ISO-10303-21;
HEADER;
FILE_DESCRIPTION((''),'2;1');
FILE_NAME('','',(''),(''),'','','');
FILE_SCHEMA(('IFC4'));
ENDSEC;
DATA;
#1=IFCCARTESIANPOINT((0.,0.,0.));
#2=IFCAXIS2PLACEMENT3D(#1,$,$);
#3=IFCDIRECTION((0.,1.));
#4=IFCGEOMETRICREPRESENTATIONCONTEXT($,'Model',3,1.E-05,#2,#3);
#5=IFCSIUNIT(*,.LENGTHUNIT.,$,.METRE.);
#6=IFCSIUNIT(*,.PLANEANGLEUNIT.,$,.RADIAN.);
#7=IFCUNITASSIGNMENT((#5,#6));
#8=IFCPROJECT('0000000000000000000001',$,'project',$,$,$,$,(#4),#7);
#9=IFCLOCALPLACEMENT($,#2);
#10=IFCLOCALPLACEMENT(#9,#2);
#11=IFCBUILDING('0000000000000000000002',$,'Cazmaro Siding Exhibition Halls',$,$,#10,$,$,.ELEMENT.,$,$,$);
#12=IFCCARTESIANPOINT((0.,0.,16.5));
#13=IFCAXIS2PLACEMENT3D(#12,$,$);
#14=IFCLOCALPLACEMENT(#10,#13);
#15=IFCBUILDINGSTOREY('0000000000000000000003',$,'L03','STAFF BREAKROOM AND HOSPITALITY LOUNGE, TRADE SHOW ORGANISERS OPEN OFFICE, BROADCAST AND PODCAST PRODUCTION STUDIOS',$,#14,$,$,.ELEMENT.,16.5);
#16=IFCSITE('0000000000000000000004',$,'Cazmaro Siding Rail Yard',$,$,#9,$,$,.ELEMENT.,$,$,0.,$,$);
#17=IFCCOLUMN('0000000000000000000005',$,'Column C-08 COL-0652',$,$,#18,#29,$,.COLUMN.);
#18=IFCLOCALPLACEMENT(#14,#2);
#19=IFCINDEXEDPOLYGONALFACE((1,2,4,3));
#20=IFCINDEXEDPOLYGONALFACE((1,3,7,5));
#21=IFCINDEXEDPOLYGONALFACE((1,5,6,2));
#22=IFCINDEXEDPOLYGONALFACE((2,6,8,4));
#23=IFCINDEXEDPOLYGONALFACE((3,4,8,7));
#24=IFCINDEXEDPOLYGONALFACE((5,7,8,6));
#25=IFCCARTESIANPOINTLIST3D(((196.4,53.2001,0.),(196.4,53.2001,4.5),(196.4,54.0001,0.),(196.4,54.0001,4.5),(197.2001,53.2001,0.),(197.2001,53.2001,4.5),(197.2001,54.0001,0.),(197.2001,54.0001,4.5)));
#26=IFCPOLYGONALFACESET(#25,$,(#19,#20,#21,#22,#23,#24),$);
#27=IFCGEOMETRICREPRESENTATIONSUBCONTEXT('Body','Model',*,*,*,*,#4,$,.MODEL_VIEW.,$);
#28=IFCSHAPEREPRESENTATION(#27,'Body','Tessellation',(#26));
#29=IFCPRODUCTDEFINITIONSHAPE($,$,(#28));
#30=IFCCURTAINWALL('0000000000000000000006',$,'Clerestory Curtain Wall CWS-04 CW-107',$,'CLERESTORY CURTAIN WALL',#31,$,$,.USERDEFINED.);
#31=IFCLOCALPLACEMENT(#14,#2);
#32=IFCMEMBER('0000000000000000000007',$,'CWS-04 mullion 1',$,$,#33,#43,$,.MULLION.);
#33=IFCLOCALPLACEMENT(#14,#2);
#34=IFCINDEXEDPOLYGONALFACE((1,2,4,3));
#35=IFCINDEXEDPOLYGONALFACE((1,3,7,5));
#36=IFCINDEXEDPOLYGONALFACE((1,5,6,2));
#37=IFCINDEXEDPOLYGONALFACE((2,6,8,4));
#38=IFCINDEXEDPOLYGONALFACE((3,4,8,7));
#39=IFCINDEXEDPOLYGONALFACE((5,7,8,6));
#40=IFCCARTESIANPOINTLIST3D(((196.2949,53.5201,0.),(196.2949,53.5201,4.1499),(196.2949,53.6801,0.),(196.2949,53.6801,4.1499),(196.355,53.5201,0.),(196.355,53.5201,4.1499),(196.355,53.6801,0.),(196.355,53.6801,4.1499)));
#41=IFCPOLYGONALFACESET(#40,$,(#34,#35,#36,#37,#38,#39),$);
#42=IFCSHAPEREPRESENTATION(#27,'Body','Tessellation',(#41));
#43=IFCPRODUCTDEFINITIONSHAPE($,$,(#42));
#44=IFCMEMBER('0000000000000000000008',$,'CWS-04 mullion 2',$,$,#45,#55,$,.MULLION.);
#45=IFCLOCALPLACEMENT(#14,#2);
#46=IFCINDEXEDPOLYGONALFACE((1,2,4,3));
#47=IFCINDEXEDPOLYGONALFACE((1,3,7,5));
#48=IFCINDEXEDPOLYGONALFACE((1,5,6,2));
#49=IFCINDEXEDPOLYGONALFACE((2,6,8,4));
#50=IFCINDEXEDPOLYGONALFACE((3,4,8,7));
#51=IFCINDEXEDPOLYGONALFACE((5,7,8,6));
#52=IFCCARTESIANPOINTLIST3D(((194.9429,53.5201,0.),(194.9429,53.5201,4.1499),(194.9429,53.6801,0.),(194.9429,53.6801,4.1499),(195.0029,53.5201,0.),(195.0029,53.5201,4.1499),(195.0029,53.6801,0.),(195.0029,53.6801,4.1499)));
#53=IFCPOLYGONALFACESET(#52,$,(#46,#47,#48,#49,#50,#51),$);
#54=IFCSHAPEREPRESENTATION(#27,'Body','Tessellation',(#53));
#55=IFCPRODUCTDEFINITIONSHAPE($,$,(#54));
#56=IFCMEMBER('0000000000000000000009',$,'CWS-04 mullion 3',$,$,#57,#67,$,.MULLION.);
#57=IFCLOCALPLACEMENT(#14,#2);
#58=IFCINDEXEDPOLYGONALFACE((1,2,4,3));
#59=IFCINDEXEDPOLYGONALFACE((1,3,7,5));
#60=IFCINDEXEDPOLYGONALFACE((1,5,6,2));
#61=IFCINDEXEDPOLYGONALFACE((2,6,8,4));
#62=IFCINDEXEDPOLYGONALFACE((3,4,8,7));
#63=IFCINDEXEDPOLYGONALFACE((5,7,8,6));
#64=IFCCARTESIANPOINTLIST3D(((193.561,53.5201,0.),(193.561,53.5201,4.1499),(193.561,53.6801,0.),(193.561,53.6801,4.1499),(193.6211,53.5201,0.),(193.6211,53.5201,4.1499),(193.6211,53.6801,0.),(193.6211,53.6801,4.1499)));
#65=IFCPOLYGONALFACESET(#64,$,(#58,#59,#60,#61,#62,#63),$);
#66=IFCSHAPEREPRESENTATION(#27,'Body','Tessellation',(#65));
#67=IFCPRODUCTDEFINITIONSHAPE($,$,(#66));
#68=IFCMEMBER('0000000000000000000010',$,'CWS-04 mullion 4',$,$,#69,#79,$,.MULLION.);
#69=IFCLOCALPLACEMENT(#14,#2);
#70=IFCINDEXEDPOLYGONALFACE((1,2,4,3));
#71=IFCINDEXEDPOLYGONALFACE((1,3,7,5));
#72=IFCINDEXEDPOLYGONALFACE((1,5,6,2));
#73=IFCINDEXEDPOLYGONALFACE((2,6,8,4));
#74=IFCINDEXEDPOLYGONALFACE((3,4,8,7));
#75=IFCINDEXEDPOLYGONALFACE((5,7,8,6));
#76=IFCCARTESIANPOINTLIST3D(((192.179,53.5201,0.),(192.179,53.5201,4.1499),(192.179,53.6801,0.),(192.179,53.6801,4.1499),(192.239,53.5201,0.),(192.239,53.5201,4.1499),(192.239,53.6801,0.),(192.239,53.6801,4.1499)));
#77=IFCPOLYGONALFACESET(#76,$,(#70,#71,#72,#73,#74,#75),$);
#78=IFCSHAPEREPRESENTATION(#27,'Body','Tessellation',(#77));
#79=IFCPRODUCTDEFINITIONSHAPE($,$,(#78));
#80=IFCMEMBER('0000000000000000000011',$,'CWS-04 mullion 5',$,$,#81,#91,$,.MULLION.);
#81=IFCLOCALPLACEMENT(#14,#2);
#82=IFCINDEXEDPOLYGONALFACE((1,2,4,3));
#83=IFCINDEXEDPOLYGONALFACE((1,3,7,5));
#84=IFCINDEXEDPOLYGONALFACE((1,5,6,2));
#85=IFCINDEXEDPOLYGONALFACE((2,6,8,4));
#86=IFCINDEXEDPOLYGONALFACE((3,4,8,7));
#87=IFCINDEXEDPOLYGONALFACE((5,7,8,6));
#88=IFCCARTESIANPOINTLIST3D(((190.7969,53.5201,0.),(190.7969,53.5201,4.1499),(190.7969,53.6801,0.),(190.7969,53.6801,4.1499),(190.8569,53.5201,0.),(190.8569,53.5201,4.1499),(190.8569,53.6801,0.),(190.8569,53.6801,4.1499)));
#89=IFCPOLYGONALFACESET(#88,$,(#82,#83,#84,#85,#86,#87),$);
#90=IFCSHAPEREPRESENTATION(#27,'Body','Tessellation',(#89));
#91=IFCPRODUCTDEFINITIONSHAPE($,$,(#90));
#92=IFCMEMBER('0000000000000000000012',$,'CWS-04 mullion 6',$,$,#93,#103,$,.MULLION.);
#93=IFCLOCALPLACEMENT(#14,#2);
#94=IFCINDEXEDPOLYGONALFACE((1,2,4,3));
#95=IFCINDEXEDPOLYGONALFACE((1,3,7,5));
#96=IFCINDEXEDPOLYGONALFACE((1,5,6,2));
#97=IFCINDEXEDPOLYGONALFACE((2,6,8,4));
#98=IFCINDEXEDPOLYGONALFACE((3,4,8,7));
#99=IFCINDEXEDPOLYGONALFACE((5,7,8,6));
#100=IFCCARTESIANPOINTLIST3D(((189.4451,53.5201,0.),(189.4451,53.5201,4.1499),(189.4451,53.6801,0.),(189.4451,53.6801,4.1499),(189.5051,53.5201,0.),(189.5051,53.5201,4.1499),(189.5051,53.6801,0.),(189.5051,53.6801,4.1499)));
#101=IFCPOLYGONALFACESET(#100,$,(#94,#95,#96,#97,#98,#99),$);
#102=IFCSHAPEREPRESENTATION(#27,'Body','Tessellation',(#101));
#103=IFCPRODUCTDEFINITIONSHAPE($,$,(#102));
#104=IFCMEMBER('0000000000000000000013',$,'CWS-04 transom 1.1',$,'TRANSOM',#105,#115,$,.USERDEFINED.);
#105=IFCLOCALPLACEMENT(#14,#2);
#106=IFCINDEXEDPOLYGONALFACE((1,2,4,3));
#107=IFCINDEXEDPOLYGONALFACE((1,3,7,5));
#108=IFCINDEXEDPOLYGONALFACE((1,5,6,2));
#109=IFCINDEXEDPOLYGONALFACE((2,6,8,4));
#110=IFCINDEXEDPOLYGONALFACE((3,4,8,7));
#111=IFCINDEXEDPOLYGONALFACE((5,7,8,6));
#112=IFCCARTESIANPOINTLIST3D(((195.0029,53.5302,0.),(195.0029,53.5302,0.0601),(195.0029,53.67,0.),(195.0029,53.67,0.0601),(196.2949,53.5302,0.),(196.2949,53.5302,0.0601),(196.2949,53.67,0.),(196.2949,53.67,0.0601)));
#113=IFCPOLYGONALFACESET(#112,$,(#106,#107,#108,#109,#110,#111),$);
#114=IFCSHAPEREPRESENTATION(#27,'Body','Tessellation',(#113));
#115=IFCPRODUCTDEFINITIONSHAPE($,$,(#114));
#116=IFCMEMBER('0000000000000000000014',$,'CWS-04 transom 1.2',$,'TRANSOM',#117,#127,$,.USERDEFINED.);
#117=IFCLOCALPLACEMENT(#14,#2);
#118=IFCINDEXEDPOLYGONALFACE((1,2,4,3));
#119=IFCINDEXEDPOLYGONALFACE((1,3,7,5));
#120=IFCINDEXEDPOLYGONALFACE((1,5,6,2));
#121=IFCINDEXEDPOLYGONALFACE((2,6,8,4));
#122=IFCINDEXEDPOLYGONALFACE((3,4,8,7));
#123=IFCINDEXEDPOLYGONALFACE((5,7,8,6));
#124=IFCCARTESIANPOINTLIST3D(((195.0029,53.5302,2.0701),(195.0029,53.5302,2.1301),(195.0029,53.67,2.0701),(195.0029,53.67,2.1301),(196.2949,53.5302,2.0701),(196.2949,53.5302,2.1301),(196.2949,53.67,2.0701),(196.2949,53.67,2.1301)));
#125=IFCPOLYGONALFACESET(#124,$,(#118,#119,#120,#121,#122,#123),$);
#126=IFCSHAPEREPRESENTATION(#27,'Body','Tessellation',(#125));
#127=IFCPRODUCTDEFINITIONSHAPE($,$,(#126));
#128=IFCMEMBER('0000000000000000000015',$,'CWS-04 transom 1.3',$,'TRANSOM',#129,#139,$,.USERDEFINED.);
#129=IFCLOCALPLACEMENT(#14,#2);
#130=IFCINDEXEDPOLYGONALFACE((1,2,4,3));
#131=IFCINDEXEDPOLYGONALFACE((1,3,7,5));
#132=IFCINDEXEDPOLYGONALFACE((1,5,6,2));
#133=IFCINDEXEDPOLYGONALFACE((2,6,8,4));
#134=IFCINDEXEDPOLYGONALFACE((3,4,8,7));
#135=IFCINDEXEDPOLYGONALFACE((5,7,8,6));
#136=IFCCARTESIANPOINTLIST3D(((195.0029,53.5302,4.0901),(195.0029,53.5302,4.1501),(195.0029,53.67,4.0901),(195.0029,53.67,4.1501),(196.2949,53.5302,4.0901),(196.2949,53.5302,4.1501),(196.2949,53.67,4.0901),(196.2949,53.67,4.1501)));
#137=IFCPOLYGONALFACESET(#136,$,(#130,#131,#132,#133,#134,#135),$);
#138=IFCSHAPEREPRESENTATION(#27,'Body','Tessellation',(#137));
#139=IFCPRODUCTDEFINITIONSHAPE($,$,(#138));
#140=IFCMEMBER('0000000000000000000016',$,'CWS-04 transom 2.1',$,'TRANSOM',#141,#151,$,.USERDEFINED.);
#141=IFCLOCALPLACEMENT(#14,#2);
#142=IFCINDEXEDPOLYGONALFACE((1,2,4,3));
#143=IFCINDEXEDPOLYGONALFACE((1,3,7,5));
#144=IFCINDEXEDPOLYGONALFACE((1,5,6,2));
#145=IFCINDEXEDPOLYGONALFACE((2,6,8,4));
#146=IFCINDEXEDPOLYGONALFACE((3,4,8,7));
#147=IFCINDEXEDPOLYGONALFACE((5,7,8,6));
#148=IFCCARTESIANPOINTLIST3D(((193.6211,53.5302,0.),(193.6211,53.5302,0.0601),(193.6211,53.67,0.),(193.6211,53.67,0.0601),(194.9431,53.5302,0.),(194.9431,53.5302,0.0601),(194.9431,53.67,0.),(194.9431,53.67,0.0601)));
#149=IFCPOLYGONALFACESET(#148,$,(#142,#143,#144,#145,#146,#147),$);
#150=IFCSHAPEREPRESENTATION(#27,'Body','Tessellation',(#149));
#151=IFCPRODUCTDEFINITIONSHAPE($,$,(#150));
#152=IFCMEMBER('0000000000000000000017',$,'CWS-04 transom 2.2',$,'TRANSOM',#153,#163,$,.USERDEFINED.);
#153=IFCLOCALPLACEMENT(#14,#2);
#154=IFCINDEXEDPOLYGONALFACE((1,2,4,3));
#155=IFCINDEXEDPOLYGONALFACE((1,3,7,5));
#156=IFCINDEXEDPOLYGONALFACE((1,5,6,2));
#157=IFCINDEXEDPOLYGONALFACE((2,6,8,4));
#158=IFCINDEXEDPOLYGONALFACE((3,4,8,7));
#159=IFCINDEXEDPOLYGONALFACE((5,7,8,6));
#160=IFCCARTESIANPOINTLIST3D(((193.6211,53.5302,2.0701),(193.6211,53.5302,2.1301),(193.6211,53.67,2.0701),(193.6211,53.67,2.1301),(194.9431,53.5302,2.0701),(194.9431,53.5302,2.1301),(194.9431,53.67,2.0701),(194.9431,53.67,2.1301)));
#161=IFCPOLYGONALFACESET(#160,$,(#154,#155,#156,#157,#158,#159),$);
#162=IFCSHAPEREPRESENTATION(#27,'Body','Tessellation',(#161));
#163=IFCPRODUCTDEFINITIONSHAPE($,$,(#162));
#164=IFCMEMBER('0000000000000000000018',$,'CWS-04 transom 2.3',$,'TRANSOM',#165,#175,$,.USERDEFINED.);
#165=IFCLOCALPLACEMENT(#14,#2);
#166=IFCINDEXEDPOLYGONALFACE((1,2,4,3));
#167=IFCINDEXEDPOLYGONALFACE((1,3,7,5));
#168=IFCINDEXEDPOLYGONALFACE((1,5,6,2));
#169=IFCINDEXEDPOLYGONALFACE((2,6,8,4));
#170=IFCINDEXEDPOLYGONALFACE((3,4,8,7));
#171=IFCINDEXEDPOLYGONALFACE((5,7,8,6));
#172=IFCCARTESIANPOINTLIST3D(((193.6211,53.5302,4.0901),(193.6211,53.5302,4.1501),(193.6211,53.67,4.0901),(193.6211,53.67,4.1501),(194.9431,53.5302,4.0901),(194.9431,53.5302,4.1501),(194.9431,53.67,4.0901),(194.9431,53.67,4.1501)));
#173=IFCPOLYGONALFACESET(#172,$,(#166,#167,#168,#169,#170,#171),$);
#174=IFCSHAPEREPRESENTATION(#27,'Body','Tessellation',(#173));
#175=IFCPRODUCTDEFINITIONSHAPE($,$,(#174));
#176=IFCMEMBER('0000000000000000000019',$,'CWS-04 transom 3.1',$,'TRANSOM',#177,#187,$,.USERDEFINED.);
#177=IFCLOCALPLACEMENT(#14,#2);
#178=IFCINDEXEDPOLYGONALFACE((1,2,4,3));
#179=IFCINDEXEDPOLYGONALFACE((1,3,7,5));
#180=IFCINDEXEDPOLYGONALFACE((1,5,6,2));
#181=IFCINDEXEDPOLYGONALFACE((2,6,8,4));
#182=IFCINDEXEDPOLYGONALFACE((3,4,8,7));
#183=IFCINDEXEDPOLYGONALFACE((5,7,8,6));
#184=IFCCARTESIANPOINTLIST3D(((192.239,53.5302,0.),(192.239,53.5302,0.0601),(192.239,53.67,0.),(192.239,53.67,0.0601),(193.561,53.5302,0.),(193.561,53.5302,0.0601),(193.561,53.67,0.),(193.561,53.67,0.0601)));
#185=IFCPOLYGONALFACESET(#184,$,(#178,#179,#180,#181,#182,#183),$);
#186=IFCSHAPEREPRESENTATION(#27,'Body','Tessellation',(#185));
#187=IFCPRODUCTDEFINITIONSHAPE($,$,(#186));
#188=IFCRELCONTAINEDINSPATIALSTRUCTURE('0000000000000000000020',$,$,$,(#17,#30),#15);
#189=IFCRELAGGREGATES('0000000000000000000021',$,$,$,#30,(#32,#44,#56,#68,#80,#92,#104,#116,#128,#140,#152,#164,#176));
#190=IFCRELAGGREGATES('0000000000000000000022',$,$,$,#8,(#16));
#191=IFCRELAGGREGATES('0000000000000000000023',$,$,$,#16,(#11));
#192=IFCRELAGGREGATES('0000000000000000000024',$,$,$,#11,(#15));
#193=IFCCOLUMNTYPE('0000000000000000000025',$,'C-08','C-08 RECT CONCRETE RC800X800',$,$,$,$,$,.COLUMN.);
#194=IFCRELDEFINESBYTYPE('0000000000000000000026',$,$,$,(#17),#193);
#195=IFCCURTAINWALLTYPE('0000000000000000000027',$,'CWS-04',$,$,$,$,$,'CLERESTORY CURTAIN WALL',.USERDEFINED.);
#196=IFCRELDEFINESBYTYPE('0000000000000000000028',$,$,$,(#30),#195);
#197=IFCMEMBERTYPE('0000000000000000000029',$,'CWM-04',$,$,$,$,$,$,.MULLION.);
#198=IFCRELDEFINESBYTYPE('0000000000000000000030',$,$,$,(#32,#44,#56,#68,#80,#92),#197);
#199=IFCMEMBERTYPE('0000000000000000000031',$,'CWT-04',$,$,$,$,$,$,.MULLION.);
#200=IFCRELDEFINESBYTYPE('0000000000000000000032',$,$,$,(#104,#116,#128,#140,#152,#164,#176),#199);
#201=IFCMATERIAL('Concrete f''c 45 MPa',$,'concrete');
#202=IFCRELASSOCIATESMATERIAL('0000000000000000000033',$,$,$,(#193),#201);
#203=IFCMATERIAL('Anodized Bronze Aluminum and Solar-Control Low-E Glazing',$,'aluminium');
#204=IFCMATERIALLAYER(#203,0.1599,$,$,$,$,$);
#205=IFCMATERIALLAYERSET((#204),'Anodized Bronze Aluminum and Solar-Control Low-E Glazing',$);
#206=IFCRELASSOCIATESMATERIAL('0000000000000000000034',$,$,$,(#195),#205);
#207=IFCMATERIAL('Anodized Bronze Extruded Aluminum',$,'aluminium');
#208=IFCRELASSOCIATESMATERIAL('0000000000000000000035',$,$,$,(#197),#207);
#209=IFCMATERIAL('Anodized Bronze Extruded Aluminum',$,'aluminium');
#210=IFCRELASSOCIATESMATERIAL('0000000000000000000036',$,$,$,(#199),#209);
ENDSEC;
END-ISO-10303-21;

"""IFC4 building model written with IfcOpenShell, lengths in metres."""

from ifc_helpers import new_model, si_unit, direction, frame, origin, origin_2d, place, context, subcontext, project, spatial, rectangle, extrude, material, layer, layer_set, material_profile, profile_set, type_object, element, aggregate, save


model = new_model("IFC4")

# Units and contexts
model_context = context("Model", 3, precision=1e-05, world=origin(), true_north=direction((0.0, 1.0)))
body_context = subcontext(model_context, "Body", "Model", "MODEL_VIEW")
ifc_project = project(units=[si_unit("LENGTHUNIT", "METRE"), si_unit("PLANEANGLEUNIT", "RADIAN")], contexts=[model_context])

# Site, building, storey
site_placement = place(None, origin())
site = spatial("IfcSite", under=ifc_project, at=site_placement, Name="Cazmaro Siding Rail Yard", CompositionType="ELEMENT", RefElevation=0.0)
building_placement = place(site_placement, origin())
building = spatial("IfcBuilding", under=site, at=building_placement, Name="Cazmaro Siding Exhibition Halls", CompositionType="ELEMENT")
storey_placement = place(building_placement, frame((0.0, 0.0, 16.5)))
storey = spatial("IfcBuildingStorey", under=building, at=storey_placement, Name="L03", Description="STAFF BREAKROOM AND HOSPITALITY LOUNGE, TRADE SHOW ORGANISERS OPEN OFFICE, BROADCAST AND PODCAST PRODUCTION STUDIOS", CompositionType="ELEMENT", Elevation=16.5)

# Column
ifc_material_1 = material(Name="Concrete f'c 45 MPa", Category="concrete")
ifc_material_profile_1 = material_profile(ifc_material_1, rectangle(XDim=0.8, YDim=0.8, at=origin_2d()), Name="RC800X800")
ifc_profile_set_1 = profile_set([ifc_material_profile_1], Name="Concrete f'c 45 MPa")
column_type = type_object("IfcColumnType", Name="C-08", Description="C-08 RECT CONCRETE RC800X800", PredefinedType="COLUMN", material=ifc_profile_set_1)
column_placement = place(storey_placement, frame((196.8, 53.6001, 0.0), z_axis=(0.0, 0.0, 1.0), x_axis=(1.0, 0.0, 0.0)))
element("IfcColumn", 1, at=column_placement, inside=storey, type_object=column_type, Name="Column C-08 COL-0652", PredefinedType="COLUMN", context=body_context, shape_type="SweptSolid", body=[
    extrude(rectangle(XDim=0.8, YDim=0.8, at=origin_2d()), origin(), (0.0, 0.0, 1.0), 4.5),
])

# Curtain wall, members
ifc_material_2 = material(Name="Anodized Bronze Aluminum and Solar-Control Low-E Glazing", Category="aluminium")
ifc_layer_1 = layer(ifc_material_2, 0.1599)
ifc_layer_set_1 = layer_set([ifc_layer_1], Name="Anodized Bronze Aluminum and Solar-Control Low-E Glazing")
curtain_wall_type = type_object("IfcCurtainWallType", Name="CWS-04", ElementType="CLERESTORY CURTAIN WALL", PredefinedType="USERDEFINED", material=ifc_layer_set_1)
curtain_wall_placement = place(storey_placement, origin())
curtain_wall = element("IfcCurtainWall", 2, at=curtain_wall_placement, inside=storey, type_object=curtain_wall_type, Name="Clerestory Curtain Wall CWS-04 CW-107", ObjectType="CLERESTORY CURTAIN WALL", PredefinedType="USERDEFINED")
ifc_material_3 = material(Name="Anodized Bronze Extruded Aluminum", Category="aluminium")
ifc_material_profile_2 = material_profile(ifc_material_3, rectangle(XDim=0.1599, YDim=0.0601, at=origin_2d()), Name="CWM-04")
ifc_profile_set_2 = profile_set([ifc_material_profile_2], Name="Anodized Bronze Extruded Aluminum")
member_type_1 = type_object("IfcMemberType", Name="CWM-04", PredefinedType="MULLION", material=ifc_profile_set_2)
member_1_placement = place(storey_placement, frame((196.325, 53.6001, 0.0), z_axis=(0.0, 0.0, 1.0), x_axis=(0.0, -1.0, 0.0)))
member_1 = element("IfcMember", 3, at=member_1_placement, type_object=member_type_1, Name="CWS-04 mullion 1", PredefinedType="MULLION", context=body_context, shape_type="SweptSolid", body=[
    extrude(rectangle(XDim=0.1599, YDim=0.0601, at=origin_2d()), origin(), (0.0, 0.0, 1.0), 4.1499),
])
member_2_placement = place(storey_placement, frame((194.9729, 53.6001, 0.0), z_axis=(0.0, 0.0, 1.0), x_axis=(0.0, -1.0, 0.0)))
member_2 = element("IfcMember", 4, at=member_2_placement, type_object=member_type_1, Name="CWS-04 mullion 2", PredefinedType="MULLION", context=body_context, shape_type="SweptSolid", body=[
    extrude(rectangle(XDim=0.1599, YDim=0.0601, at=origin_2d()), origin(), (0.0, 0.0, 1.0), 4.1499),
])
member_3_placement = place(storey_placement, frame((193.5911, 53.6001, 0.0), z_axis=(0.0, 0.0, 1.0), x_axis=(0.0, -1.0, 0.0)))
member_3 = element("IfcMember", 5, at=member_3_placement, type_object=member_type_1, Name="CWS-04 mullion 3", PredefinedType="MULLION", context=body_context, shape_type="SweptSolid", body=[
    extrude(rectangle(XDim=0.1599, YDim=0.0601, at=origin_2d()), origin(), (0.0, 0.0, 1.0), 4.1499),
])
member_4_placement = place(storey_placement, frame((192.209, 53.6001, 0.0), z_axis=(0.0, 0.0, 1.0), x_axis=(0.0, -1.0, 0.0)))
member_4 = element("IfcMember", 6, at=member_4_placement, type_object=member_type_1, Name="CWS-04 mullion 4", PredefinedType="MULLION", context=body_context, shape_type="SweptSolid", body=[
    extrude(rectangle(XDim=0.1599, YDim=0.0601, at=origin_2d()), origin(), (0.0, 0.0, 1.0), 4.1499),
])
member_5_placement = place(storey_placement, frame((190.8269, 53.6001, 0.0), z_axis=(0.0, 0.0, 1.0), x_axis=(0.0, -1.0, 0.0)))
member_5 = element("IfcMember", 7, at=member_5_placement, type_object=member_type_1, Name="CWS-04 mullion 5", PredefinedType="MULLION", context=body_context, shape_type="SweptSolid", body=[
    extrude(rectangle(XDim=0.1599, YDim=0.0601, at=origin_2d()), origin(), (0.0, 0.0, 1.0), 4.1499),
])
member_6_placement = place(storey_placement, frame((189.4751, 53.6001, 0.0), z_axis=(0.0, 0.0, 1.0), x_axis=(0.0, -1.0, 0.0)))
member_6 = element("IfcMember", 8, at=member_6_placement, type_object=member_type_1, Name="CWS-04 mullion 6", PredefinedType="MULLION", context=body_context, shape_type="SweptSolid", body=[
    extrude(rectangle(XDim=0.1599, YDim=0.0601, at=origin_2d()), origin(), (0.0, 0.0, 1.0), 4.1499),
])
ifc_material_4 = material(Name="Anodized Bronze Extruded Aluminum", Category="aluminium")
ifc_material_profile_3 = material_profile(ifc_material_4, rectangle(XDim=0.1399, YDim=0.0601, at=origin_2d()), Name="CWT-04")
ifc_profile_set_3 = profile_set([ifc_material_profile_3], Name="Anodized Bronze Extruded Aluminum")
member_type_2 = type_object("IfcMemberType", Name="CWT-04", PredefinedType="MULLION", material=ifc_profile_set_3)
member_7_placement = place(storey_placement, frame((196.2949, 53.6001, 0.03), z_axis=(-1.0, 0.0, 0.0), x_axis=(0.0, -1.0, 0.0)))
member_7 = element("IfcMember", 9, at=member_7_placement, type_object=member_type_2, Name="CWS-04 transom 1.1", ObjectType="TRANSOM", PredefinedType="USERDEFINED", context=body_context, shape_type="SweptSolid", body=[
    extrude(rectangle(XDim=0.1399, YDim=0.0601, at=origin_2d()), origin(), (0.0, 0.0, 1.0), 1.292),
])
member_8_placement = place(storey_placement, frame((196.2949, 53.6001, 2.1001), z_axis=(-1.0, 0.0, 0.0), x_axis=(0.0, -1.0, 0.0)))
member_8 = element("IfcMember", 10, at=member_8_placement, type_object=member_type_2, Name="CWS-04 transom 1.2", ObjectType="TRANSOM", PredefinedType="USERDEFINED", context=body_context, shape_type="SweptSolid", body=[
    extrude(rectangle(XDim=0.1399, YDim=0.0601, at=origin_2d()), origin(), (0.0, 0.0, 1.0), 1.292),
])
member_9_placement = place(storey_placement, frame((196.2949, 53.6001, 4.1201), z_axis=(-1.0, 0.0, 0.0), x_axis=(0.0, -1.0, 0.0)))
member_9 = element("IfcMember", 11, at=member_9_placement, type_object=member_type_2, Name="CWS-04 transom 1.3", ObjectType="TRANSOM", PredefinedType="USERDEFINED", context=body_context, shape_type="SweptSolid", body=[
    extrude(rectangle(XDim=0.1399, YDim=0.0601, at=origin_2d()), origin(), (0.0, 0.0, 1.0), 1.292),
])
member_10_placement = place(storey_placement, frame((194.9431, 53.6001, 0.03), z_axis=(-1.0, 0.0, 0.0), x_axis=(0.0, -1.0, 0.0)))
member_10 = element("IfcMember", 12, at=member_10_placement, type_object=member_type_2, Name="CWS-04 transom 2.1", ObjectType="TRANSOM", PredefinedType="USERDEFINED", context=body_context, shape_type="SweptSolid", body=[
    extrude(rectangle(XDim=0.1399, YDim=0.0601, at=origin_2d()), origin(), (0.0, 0.0, 1.0), 1.322),
])
member_11_placement = place(storey_placement, frame((194.9431, 53.6001, 2.1001), z_axis=(-1.0, 0.0, 0.0), x_axis=(0.0, -1.0, 0.0)))
member_11 = element("IfcMember", 13, at=member_11_placement, type_object=member_type_2, Name="CWS-04 transom 2.2", ObjectType="TRANSOM", PredefinedType="USERDEFINED", context=body_context, shape_type="SweptSolid", body=[
    extrude(rectangle(XDim=0.1399, YDim=0.0601, at=origin_2d()), origin(), (0.0, 0.0, 1.0), 1.322),
])
member_12_placement = place(storey_placement, frame((194.9431, 53.6001, 4.1201), z_axis=(-1.0, 0.0, 0.0), x_axis=(0.0, -1.0, 0.0)))
member_12 = element("IfcMember", 14, at=member_12_placement, type_object=member_type_2, Name="CWS-04 transom 2.3", ObjectType="TRANSOM", PredefinedType="USERDEFINED", context=body_context, shape_type="SweptSolid", body=[
    extrude(rectangle(XDim=0.1399, YDim=0.0601, at=origin_2d()), origin(), (0.0, 0.0, 1.0), 1.322),
])
member_13_placement = place(storey_placement, frame((193.561, 53.6001, 0.03), z_axis=(-1.0, 0.0, 0.0), x_axis=(0.0, -1.0, 0.0)))
member_13 = element("IfcMember", 15, at=member_13_placement, type_object=member_type_2, Name="CWS-04 transom 3.1", ObjectType="TRANSOM", PredefinedType="USERDEFINED", context=body_context, shape_type="SweptSolid", body=[
    extrude(rectangle(XDim=0.1399, YDim=0.0601, at=origin_2d()), origin(), (0.0, 0.0, 1.0), 1.322),
])

aggregate(curtain_wall, [member_1, member_2, member_3, member_4, member_5, member_6, member_7, member_8, member_9, member_10, member_11, member_12, member_13])

save(model, "model.ifc")
